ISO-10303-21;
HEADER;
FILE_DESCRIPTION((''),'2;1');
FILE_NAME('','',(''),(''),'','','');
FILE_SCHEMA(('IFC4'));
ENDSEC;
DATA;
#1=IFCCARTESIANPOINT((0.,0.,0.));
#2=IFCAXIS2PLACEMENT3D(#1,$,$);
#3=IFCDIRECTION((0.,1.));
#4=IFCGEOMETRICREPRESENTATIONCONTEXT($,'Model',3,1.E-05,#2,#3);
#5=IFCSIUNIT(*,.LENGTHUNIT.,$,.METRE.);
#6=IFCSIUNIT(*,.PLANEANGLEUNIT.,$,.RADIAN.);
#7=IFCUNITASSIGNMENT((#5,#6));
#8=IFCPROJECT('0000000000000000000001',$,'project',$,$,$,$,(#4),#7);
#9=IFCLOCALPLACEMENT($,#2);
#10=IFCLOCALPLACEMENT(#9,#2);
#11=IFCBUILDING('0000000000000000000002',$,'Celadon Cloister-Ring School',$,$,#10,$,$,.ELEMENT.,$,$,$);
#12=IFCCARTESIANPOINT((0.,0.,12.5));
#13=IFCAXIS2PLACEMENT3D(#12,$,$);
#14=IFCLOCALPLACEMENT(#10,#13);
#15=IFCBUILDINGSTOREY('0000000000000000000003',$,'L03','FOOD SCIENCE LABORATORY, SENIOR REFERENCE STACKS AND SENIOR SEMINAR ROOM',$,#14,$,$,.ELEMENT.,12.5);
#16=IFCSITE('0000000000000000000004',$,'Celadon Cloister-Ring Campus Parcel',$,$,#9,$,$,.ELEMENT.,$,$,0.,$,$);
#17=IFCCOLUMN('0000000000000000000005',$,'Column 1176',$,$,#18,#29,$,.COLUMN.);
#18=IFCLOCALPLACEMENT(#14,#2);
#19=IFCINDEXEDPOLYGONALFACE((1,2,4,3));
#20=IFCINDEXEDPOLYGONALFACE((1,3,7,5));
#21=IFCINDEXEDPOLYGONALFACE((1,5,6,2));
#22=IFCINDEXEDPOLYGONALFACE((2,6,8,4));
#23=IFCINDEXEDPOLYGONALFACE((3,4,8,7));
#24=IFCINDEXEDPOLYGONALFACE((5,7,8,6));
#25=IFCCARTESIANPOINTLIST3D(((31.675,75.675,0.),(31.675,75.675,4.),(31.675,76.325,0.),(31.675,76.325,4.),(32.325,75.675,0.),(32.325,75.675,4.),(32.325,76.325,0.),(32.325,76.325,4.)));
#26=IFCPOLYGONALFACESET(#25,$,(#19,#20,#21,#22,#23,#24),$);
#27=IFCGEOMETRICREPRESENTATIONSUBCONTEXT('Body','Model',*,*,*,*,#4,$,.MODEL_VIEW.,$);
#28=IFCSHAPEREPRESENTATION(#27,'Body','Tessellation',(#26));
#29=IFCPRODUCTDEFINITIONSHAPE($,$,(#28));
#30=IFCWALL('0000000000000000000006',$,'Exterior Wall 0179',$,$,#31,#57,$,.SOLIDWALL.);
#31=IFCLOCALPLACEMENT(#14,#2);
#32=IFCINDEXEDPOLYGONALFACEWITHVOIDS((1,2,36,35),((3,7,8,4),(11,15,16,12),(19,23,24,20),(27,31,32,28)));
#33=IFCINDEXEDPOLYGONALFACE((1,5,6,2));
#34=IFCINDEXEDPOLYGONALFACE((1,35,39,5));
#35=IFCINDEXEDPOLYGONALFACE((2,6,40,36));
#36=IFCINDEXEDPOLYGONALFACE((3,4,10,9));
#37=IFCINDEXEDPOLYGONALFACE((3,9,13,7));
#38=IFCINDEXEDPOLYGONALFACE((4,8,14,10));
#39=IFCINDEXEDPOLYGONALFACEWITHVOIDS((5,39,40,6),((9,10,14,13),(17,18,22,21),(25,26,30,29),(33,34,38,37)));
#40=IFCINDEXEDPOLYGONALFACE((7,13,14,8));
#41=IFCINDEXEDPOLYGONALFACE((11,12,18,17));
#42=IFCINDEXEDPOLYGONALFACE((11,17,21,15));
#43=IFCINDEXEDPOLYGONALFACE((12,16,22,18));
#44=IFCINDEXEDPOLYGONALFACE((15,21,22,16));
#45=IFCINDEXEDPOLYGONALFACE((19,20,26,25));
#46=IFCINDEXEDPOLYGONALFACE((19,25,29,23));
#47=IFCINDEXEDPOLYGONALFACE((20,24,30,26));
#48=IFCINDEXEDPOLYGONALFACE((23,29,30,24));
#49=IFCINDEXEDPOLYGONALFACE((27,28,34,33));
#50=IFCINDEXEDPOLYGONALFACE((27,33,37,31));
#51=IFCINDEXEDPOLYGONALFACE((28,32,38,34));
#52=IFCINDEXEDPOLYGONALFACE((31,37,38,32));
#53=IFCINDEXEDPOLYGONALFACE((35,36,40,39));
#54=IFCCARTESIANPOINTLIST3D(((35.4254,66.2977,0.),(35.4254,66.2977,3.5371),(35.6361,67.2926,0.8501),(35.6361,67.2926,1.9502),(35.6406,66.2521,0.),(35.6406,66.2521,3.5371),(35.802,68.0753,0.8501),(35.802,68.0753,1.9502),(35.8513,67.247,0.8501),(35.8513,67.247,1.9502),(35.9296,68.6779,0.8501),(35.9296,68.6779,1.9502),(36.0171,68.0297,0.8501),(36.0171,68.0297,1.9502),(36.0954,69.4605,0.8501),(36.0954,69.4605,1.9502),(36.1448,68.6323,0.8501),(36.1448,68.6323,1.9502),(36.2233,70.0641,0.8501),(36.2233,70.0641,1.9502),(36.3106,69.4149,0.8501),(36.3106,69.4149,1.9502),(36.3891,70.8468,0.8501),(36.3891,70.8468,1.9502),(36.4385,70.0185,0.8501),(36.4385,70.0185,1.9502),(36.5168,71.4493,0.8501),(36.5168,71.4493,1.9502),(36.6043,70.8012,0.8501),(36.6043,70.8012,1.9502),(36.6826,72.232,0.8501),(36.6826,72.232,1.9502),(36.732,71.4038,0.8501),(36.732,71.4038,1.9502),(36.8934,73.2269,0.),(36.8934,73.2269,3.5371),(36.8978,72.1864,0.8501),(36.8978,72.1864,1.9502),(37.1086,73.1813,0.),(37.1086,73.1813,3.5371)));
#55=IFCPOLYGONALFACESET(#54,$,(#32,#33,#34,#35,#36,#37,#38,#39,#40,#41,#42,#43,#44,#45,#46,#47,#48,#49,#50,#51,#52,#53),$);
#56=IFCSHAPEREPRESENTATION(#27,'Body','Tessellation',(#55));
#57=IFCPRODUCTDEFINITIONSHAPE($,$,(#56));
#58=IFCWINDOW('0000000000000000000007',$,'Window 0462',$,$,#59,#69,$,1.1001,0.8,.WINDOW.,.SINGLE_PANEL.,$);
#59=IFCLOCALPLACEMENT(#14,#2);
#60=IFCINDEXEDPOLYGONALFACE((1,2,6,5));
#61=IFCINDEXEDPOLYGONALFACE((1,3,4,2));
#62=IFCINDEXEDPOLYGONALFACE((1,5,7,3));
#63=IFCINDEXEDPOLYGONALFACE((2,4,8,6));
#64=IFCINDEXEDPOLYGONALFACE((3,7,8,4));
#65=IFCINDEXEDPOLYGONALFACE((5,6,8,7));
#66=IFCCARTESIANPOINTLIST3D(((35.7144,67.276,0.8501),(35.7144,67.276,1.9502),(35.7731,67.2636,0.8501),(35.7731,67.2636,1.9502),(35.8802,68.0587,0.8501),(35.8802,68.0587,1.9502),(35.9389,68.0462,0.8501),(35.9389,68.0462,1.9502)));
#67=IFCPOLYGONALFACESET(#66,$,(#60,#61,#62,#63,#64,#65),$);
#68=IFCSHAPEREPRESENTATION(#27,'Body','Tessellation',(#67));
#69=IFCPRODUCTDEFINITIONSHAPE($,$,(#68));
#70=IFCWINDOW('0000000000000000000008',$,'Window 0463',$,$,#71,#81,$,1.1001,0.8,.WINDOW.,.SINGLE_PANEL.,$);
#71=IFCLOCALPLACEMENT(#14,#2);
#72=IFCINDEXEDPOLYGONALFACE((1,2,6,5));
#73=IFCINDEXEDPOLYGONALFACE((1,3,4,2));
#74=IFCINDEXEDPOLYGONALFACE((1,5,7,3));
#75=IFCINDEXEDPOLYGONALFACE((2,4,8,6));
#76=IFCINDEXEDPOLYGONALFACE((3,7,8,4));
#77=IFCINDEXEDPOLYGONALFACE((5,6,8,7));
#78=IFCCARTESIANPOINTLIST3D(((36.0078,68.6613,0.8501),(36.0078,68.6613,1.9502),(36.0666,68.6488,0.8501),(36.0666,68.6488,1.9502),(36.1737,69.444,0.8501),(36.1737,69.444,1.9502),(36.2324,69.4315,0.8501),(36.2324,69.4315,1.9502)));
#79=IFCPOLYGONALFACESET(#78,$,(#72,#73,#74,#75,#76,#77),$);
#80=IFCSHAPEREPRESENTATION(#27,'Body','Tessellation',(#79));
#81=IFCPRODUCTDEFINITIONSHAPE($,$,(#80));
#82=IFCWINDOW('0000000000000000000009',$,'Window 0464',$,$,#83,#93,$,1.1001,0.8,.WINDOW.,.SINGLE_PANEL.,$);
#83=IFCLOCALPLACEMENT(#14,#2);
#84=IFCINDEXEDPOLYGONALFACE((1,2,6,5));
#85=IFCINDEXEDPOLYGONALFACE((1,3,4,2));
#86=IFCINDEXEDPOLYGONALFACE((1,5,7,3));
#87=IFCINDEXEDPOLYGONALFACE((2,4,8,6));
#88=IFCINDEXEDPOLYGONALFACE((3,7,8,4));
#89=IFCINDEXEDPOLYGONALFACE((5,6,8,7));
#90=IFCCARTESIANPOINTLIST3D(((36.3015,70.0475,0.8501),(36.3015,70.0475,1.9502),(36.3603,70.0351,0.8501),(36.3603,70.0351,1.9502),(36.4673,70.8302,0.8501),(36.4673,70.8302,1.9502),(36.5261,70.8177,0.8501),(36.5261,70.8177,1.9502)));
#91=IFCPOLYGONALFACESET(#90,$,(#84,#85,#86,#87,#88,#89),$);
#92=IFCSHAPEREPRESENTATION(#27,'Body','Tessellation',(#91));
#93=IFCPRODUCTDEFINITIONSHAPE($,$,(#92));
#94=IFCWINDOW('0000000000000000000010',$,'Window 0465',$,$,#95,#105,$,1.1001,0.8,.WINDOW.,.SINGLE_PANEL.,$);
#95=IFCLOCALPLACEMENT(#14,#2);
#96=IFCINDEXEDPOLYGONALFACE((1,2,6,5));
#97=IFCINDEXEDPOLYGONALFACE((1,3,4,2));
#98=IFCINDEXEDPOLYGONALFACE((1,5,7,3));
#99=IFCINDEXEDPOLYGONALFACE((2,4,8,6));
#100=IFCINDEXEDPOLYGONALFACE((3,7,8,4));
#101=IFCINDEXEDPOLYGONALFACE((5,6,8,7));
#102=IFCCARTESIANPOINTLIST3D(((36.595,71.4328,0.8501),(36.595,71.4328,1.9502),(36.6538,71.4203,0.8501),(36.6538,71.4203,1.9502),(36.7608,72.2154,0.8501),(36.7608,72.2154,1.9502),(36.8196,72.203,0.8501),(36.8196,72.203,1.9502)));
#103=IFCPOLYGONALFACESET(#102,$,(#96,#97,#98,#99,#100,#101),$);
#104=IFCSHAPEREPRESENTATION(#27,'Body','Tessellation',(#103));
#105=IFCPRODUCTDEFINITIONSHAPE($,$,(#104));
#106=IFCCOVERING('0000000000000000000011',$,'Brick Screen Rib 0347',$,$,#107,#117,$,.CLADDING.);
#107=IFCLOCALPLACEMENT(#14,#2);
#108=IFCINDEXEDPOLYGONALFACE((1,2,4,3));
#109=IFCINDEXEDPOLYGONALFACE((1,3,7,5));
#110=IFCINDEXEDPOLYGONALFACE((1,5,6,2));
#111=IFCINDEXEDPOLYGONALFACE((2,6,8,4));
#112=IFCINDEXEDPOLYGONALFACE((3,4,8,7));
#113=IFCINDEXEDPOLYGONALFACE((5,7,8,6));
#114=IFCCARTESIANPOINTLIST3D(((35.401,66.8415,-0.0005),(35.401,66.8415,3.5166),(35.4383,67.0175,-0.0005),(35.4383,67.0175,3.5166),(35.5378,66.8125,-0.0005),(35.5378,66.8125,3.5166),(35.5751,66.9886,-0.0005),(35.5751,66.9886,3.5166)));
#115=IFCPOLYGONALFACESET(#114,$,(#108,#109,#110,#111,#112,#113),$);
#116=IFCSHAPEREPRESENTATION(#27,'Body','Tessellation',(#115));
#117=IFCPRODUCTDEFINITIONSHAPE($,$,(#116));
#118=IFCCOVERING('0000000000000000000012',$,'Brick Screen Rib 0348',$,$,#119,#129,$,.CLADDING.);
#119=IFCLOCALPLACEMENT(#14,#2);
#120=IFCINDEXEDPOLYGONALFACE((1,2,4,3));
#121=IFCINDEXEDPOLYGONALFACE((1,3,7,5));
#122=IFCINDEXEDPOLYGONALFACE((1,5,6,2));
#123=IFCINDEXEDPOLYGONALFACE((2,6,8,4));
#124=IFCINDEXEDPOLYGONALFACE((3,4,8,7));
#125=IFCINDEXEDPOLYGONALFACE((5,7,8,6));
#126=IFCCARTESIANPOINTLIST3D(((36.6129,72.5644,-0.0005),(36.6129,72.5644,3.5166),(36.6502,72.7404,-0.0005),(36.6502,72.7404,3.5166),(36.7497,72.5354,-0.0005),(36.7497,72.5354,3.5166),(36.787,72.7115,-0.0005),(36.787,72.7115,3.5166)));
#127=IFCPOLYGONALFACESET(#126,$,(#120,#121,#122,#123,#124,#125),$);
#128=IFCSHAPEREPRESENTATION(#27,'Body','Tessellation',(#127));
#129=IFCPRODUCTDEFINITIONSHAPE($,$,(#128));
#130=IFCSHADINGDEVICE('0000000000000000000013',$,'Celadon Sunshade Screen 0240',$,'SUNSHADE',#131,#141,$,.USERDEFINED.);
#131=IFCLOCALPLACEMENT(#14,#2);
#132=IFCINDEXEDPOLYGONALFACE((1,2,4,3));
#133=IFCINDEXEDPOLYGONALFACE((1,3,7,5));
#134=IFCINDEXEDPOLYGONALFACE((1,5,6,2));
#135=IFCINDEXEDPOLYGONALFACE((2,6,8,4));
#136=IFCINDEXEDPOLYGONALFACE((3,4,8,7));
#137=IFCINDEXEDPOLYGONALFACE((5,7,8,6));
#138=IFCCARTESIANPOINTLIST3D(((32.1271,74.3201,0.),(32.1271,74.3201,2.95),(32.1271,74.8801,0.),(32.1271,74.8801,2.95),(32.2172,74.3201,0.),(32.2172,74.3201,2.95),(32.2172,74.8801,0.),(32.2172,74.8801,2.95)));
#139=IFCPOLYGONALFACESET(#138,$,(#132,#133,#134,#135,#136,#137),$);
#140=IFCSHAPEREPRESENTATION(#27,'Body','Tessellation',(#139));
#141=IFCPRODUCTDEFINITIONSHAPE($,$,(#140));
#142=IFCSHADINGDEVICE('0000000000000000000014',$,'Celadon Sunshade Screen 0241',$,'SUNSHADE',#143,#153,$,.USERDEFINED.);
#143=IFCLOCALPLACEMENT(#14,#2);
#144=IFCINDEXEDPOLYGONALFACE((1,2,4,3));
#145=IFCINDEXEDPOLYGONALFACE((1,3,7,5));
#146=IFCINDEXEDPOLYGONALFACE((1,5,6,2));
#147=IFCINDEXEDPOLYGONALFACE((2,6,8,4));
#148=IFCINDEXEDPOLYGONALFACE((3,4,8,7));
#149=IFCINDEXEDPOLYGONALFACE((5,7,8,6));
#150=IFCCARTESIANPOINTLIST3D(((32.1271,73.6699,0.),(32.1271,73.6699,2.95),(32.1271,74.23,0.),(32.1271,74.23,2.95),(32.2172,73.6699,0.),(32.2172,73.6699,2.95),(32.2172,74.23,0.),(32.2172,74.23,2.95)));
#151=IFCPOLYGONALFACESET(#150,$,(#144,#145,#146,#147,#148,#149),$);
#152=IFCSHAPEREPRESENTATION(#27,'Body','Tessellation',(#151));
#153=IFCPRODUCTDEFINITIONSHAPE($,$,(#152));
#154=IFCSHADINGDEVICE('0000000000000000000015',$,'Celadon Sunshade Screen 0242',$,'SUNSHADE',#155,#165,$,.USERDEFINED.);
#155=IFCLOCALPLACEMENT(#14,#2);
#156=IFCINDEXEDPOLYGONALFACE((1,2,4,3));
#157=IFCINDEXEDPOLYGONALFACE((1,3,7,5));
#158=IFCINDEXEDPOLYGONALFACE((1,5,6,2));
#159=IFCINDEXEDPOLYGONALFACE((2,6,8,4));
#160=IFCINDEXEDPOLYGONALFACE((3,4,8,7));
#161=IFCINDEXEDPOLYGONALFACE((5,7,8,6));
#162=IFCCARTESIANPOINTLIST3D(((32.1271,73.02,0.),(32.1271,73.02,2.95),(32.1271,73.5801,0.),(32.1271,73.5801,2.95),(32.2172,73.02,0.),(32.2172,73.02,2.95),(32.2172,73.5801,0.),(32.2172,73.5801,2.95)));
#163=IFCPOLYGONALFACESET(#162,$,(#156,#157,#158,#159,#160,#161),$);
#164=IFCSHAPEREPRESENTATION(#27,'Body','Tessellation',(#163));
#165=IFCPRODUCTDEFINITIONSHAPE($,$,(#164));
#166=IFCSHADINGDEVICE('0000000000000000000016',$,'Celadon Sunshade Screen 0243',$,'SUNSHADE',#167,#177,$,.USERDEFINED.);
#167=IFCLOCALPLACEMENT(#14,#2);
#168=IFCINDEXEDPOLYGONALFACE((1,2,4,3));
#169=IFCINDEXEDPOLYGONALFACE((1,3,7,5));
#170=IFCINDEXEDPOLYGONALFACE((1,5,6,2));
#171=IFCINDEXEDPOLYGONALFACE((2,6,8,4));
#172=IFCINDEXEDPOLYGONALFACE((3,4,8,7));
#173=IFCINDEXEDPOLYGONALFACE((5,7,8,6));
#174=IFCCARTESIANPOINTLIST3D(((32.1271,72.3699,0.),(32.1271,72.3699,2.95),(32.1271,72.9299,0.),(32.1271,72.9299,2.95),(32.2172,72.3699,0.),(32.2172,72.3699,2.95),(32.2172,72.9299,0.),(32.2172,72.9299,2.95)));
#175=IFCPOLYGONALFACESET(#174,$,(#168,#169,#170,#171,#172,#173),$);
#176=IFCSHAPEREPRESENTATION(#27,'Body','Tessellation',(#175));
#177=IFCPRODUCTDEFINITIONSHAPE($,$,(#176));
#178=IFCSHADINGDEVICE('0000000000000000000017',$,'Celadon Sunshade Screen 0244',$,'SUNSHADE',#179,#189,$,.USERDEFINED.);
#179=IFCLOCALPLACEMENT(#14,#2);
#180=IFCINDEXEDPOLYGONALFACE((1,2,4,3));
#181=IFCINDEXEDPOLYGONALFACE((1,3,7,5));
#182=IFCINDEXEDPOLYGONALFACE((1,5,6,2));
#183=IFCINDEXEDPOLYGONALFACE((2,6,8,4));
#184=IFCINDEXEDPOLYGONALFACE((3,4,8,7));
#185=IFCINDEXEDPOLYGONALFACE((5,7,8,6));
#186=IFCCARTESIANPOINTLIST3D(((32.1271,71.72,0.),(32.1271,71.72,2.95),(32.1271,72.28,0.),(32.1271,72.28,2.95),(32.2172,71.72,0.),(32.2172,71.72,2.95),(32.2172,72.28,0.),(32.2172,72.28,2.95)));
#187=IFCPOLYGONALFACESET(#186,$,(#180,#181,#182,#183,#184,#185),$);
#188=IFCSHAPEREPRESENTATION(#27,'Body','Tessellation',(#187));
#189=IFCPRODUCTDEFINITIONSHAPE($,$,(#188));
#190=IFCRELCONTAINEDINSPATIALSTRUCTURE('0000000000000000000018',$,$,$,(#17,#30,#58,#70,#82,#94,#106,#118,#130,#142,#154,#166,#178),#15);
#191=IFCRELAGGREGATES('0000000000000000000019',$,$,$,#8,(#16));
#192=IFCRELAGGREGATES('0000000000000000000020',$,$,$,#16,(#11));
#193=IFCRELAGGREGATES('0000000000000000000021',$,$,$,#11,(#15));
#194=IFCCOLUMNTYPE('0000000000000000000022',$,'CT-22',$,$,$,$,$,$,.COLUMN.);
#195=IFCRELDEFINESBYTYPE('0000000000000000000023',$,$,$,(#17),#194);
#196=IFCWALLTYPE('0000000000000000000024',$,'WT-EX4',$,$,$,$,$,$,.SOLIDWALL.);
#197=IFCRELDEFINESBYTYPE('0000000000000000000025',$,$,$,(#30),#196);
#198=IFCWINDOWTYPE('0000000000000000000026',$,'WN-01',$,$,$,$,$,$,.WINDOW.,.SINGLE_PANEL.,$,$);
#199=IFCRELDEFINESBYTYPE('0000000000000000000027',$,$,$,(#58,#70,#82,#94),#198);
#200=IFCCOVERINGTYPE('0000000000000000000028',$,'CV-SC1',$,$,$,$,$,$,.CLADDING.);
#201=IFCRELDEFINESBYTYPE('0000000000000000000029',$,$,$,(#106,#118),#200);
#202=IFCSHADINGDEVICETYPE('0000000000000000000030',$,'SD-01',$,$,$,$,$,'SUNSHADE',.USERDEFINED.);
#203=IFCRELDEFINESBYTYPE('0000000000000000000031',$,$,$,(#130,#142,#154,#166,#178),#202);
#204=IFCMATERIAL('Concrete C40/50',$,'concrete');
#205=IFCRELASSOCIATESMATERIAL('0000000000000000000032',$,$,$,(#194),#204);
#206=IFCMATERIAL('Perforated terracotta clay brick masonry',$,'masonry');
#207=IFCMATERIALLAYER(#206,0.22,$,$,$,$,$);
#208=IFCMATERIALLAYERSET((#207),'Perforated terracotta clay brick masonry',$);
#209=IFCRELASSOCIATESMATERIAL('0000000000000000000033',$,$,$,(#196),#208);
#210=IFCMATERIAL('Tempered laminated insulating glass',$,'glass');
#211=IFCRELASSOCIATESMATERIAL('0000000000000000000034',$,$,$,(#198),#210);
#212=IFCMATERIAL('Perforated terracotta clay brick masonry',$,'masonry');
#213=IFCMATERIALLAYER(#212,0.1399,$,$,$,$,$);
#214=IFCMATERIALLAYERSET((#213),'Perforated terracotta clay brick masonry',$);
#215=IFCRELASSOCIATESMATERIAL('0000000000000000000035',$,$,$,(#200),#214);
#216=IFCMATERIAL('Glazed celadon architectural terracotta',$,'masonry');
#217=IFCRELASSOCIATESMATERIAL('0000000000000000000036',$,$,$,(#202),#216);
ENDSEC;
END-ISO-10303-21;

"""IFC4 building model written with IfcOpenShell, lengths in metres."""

from ifc_helpers import new_model, si_unit, direction, frame, frame_2d, origin, origin_2d, place, context, subcontext, project, spatial, rectangle, extrude, material, layer, layer_set, material_profile, profile_set, type_object, element, fill, save


model = new_model("IFC4")

# Units and contexts
model_context = context("Model", 3, precision=1e-05, world=origin(), true_north=direction((0.0, 1.0)))
body_context = subcontext(model_context, "Body", "Model", "MODEL_VIEW")
ifc_project = project(units=[si_unit("LENGTHUNIT", "METRE"), si_unit("PLANEANGLEUNIT", "RADIAN")], contexts=[model_context])

# Site, building, storey
site_placement = place(None, origin())
site = spatial("IfcSite", under=ifc_project, at=site_placement, Name="Celadon Cloister-Ring Campus Parcel", CompositionType="ELEMENT", RefElevation=0.0)
building_placement = place(site_placement, origin())
building = spatial("IfcBuilding", under=site, at=building_placement, Name="Celadon Cloister-Ring School", CompositionType="ELEMENT")
storey_placement = place(building_placement, frame((0.0, 0.0, 12.5)))
storey = spatial("IfcBuildingStorey", under=building, at=storey_placement, Name="L03", Description="FOOD SCIENCE LABORATORY, SENIOR REFERENCE STACKS AND SENIOR SEMINAR ROOM", CompositionType="ELEMENT", Elevation=12.5)

# Column
ifc_material_1 = material(Name="Concrete C40/50", Category="concrete")
ifc_material_profile = material_profile(ifc_material_1, rectangle(XDim=0.6499, YDim=0.6499, at=origin_2d()), Name="RC650X650")
ifc_profile_set = profile_set([ifc_material_profile], Name="Concrete C40/50")
column_type = type_object("IfcColumnType", Name="CT-22", PredefinedType="COLUMN", material=ifc_profile_set)
column_placement = place(storey_placement, frame((32.0, 76.0, 0.0), z_axis=(0.0, 0.0, 1.0), x_axis=(1.0, 0.0, 0.0)))
element("IfcColumn", 1, at=column_placement, inside=storey, type_object=column_type, Name="Column 1176", PredefinedType="COLUMN", context=body_context, shape_type="SweptSolid", body=[
    extrude(rectangle(XDim=0.6499, YDim=0.6499, at=origin_2d()), origin(), (0.0, 0.0, 1.0), 4.0),
])

# Wall, openings, windows
ifc_material_2 = material(Name="Perforated terracotta clay brick masonry", Category="masonry")
ifc_layer_1 = layer(ifc_material_2, 0.22)
ifc_layer_set_1 = layer_set([ifc_layer_1], Name="Perforated terracotta clay brick masonry")
wall_type = type_object("IfcWallType", Name="WT-EX4", PredefinedType="SOLIDWALL", material=ifc_layer_set_1)
wall_placement = place(storey_placement, frame((35.533, 66.2749, 0.0), z_axis=(0.0, 0.0, 1.0), x_axis=(0.207259, 0.978286, 0.0)))
wall = element("IfcWall", 2, at=wall_placement, inside=storey, type_object=wall_type, Name="Exterior Wall 0179", PredefinedType="SOLIDWALL", context=body_context, shape_type="SweptSolid", body=[
    extrude(rectangle(XDim=7.083, YDim=0.22, at=frame_2d((3.5415, 0.0))), origin(), (0.0, 0.0, 1.0), 3.5371),
])
opening_1_placement = place(wall_placement, frame((1.0171, 0.0, 0.8501)))
opening_1 = element("IfcOpeningElement", 3, at=opening_1_placement, cuts=wall, PredefinedType="OPENING", context=body_context, shape_type="SweptSolid", body=[
    extrude(rectangle(XDim=0.8, YDim=1.1001, at=frame_2d((0.3999, 0.55))), frame((0.0, 0.1201, 0.0), z_axis=(0.0, -1.0, 0.0), x_axis=(1.0, 0.0, 0.0)), (0.0, 0.0, 1.0), 0.24),
])
opening_2_placement = place(wall_placement, frame((2.4331, 0.0, 0.8501)))
opening_2 = element("IfcOpeningElement", 4, at=opening_2_placement, cuts=wall, PredefinedType="OPENING", context=body_context, shape_type="SweptSolid", body=[
    extrude(rectangle(XDim=0.8, YDim=1.1001, at=frame_2d((0.3999, 0.55))), frame((0.0, 0.1201, 0.0), z_axis=(0.0, -1.0, 0.0), x_axis=(1.0, 0.0, 0.0)), (0.0, 0.0, 1.0), 0.24),
])
opening_3_placement = place(wall_placement, frame((3.8501, 0.0, 0.8501)))
opening_3 = element("IfcOpeningElement", 5, at=opening_3_placement, cuts=wall, PredefinedType="OPENING", context=body_context, shape_type="SweptSolid", body=[
    extrude(rectangle(XDim=0.8, YDim=1.1001, at=frame_2d((0.3999, 0.55))), frame((0.0, 0.1201, 0.0), z_axis=(0.0, -1.0, 0.0), x_axis=(1.0, 0.0, 0.0)), (0.0, 0.0, 1.0), 0.24),
])
opening_4_placement = place(wall_placement, frame((5.2661, 0.0, 0.8501)))
opening_4 = element("IfcOpeningElement", 6, at=opening_4_placement, cuts=wall, PredefinedType="OPENING", context=body_context, shape_type="SweptSolid", body=[
    extrude(rectangle(XDim=0.8, YDim=1.1001, at=frame_2d((0.3999, 0.55))), frame((0.0, 0.1201, 0.0), z_axis=(0.0, -1.0, 0.0), x_axis=(1.0, 0.0, 0.0)), (0.0, 0.0, 1.0), 0.24),
])
ifc_material_3 = material(Name="Tempered laminated insulating glass", Category="glass")
window_type = type_object("IfcWindowType", Name="WN-01", PartitioningType="SINGLE_PANEL", PredefinedType="WINDOW", material=ifc_material_3)
window_1_placement = place(opening_1_placement, origin())
window_1 = element("IfcWindow", 7, at=window_1_placement, inside=storey, type_object=window_type, Name="Window 0462", OverallHeight=1.1001, OverallWidth=0.8, PartitioningType="SINGLE_PANEL", PredefinedType="WINDOW", context=body_context, shape_type="SweptSolid", body=[
    extrude(rectangle(XDim=0.8, YDim=1.1001, at=frame_2d((0.3999, 0.55))), frame((0.0, 0.03, 0.0), z_axis=(0.0, -1.0, 0.0), x_axis=(1.0, 0.0, 0.0)), (0.0, 0.0, 1.0), 0.0601),
])
fill(opening_1, window_1)
window_2_placement = place(opening_2_placement, origin())
window_2 = element("IfcWindow", 8, at=window_2_placement, inside=storey, type_object=window_type, Name="Window 0463", OverallHeight=1.1001, OverallWidth=0.8, PartitioningType="SINGLE_PANEL", PredefinedType="WINDOW", context=body_context, shape_type="SweptSolid", body=[
    extrude(rectangle(XDim=0.8, YDim=1.1001, at=frame_2d((0.3999, 0.55))), frame((0.0, 0.03, 0.0), z_axis=(0.0, -1.0, 0.0), x_axis=(1.0, 0.0, 0.0)), (0.0, 0.0, 1.0), 0.0601),
])
fill(opening_2, window_2)
window_3_placement = place(opening_3_placement, origin())
window_3 = element("IfcWindow", 9, at=window_3_placement, inside=storey, type_object=window_type, Name="Window 0464", OverallHeight=1.1001, OverallWidth=0.8, PartitioningType="SINGLE_PANEL", PredefinedType="WINDOW", context=body_context, shape_type="SweptSolid", body=[
    extrude(rectangle(XDim=0.8, YDim=1.1001, at=frame_2d((0.3999, 0.55))), frame((0.0, 0.03, 0.0), z_axis=(0.0, -1.0, 0.0), x_axis=(1.0, 0.0, 0.0)), (0.0, 0.0, 1.0), 0.0601),
])
fill(opening_3, window_3)
window_4_placement = place(opening_4_placement, origin())
window_4 = element("IfcWindow", 10, at=window_4_placement, inside=storey, type_object=window_type, Name="Window 0465", OverallHeight=1.1001, OverallWidth=0.8, PartitioningType="SINGLE_PANEL", PredefinedType="WINDOW", context=body_context, shape_type="SweptSolid", body=[
    extrude(rectangle(XDim=0.8, YDim=1.1001, at=frame_2d((0.3999, 0.55))), frame((0.0, 0.03, 0.0), z_axis=(0.0, -1.0, 0.0), x_axis=(1.0, 0.0, 0.0)), (0.0, 0.0, 1.0), 0.0601),
])
fill(opening_4, window_4)

# Coverings
ifc_material_4 = material(Name="Perforated terracotta clay brick masonry", Category="masonry")
ifc_layer_2 = layer(ifc_material_4, 0.1399)
ifc_layer_set_2 = layer_set([ifc_layer_2], Name="Perforated terracotta clay brick masonry")
covering_type = type_object("IfcCoveringType", Name="CV-SC1", PredefinedType="CLADDING", material=ifc_layer_set_2)
for number, where, z_axis, x_axis, name in (
    (11, (35.488, 66.915, -0.0005), (0.0, 0.0, 1.0), (0.207263, 0.978285, 0.0), "Brick Screen Rib 0347"),
    (12, (36.7, 72.6379, -0.0005), (0.0, 0.0, 1.0), (0.207263, 0.978285, 0.0), "Brick Screen Rib 0348"),
):
    element("IfcCovering", number, at=place(storey_placement, frame(where, z_axis=z_axis, x_axis=x_axis)), inside=storey, type_object=covering_type, Name=name, PredefinedType="CLADDING", context=body_context, shape_type="SweptSolid", body=[
        extrude(rectangle(XDim=0.1799, YDim=0.1399, at=origin_2d()), origin(), (0.0, 0.0, 1.0), 3.5171),
    ])

# Shading devices
ifc_material_5 = material(Name="Glazed celadon architectural terracotta", Category="masonry")
shading_device_type = type_object("IfcShadingDeviceType", Name="SD-01", ElementType="SUNSHADE", PredefinedType="USERDEFINED", material=ifc_material_5)
for number, where, z_axis, x_axis, name in (
    (13, (32.1721, 74.6001, 0.0), (0.0, 0.0, 1.0), (0.0, -1.0, 0.0), "Celadon Sunshade Screen 0240"),
    (14, (32.1721, 73.95, 0.0), (0.0, 0.0, 1.0), (0.0, -1.0, 0.0), "Celadon Sunshade Screen 0241"),
    (15, (32.1721, 73.3, 0.0), (0.0, 0.0, 1.0), (0.0, -1.0, 0.0), "Celadon Sunshade Screen 0242"),
    (16, (32.1721, 72.6499, 0.0), (0.0, 0.0, 1.0), (0.0, -1.0, 0.0), "Celadon Sunshade Screen 0243"),
    (17, (32.1721, 72.0, 0.0), (0.0, 0.0, 1.0), (0.0, -1.0, 0.0), "Celadon Sunshade Screen 0244"),
):
    element("IfcShadingDevice", number, at=place(storey_placement, frame(where, z_axis=z_axis, x_axis=x_axis)), inside=storey, type_object=shading_device_type, Name=name, ObjectType="SUNSHADE", PredefinedType="USERDEFINED", context=body_context, shape_type="SweptSolid", body=[
        extrude(rectangle(XDim=0.5601, YDim=0.0901, at=origin_2d()), origin(), (0.0, 0.0, 1.0), 2.95),
    ])

save(model, "model.ifc")
